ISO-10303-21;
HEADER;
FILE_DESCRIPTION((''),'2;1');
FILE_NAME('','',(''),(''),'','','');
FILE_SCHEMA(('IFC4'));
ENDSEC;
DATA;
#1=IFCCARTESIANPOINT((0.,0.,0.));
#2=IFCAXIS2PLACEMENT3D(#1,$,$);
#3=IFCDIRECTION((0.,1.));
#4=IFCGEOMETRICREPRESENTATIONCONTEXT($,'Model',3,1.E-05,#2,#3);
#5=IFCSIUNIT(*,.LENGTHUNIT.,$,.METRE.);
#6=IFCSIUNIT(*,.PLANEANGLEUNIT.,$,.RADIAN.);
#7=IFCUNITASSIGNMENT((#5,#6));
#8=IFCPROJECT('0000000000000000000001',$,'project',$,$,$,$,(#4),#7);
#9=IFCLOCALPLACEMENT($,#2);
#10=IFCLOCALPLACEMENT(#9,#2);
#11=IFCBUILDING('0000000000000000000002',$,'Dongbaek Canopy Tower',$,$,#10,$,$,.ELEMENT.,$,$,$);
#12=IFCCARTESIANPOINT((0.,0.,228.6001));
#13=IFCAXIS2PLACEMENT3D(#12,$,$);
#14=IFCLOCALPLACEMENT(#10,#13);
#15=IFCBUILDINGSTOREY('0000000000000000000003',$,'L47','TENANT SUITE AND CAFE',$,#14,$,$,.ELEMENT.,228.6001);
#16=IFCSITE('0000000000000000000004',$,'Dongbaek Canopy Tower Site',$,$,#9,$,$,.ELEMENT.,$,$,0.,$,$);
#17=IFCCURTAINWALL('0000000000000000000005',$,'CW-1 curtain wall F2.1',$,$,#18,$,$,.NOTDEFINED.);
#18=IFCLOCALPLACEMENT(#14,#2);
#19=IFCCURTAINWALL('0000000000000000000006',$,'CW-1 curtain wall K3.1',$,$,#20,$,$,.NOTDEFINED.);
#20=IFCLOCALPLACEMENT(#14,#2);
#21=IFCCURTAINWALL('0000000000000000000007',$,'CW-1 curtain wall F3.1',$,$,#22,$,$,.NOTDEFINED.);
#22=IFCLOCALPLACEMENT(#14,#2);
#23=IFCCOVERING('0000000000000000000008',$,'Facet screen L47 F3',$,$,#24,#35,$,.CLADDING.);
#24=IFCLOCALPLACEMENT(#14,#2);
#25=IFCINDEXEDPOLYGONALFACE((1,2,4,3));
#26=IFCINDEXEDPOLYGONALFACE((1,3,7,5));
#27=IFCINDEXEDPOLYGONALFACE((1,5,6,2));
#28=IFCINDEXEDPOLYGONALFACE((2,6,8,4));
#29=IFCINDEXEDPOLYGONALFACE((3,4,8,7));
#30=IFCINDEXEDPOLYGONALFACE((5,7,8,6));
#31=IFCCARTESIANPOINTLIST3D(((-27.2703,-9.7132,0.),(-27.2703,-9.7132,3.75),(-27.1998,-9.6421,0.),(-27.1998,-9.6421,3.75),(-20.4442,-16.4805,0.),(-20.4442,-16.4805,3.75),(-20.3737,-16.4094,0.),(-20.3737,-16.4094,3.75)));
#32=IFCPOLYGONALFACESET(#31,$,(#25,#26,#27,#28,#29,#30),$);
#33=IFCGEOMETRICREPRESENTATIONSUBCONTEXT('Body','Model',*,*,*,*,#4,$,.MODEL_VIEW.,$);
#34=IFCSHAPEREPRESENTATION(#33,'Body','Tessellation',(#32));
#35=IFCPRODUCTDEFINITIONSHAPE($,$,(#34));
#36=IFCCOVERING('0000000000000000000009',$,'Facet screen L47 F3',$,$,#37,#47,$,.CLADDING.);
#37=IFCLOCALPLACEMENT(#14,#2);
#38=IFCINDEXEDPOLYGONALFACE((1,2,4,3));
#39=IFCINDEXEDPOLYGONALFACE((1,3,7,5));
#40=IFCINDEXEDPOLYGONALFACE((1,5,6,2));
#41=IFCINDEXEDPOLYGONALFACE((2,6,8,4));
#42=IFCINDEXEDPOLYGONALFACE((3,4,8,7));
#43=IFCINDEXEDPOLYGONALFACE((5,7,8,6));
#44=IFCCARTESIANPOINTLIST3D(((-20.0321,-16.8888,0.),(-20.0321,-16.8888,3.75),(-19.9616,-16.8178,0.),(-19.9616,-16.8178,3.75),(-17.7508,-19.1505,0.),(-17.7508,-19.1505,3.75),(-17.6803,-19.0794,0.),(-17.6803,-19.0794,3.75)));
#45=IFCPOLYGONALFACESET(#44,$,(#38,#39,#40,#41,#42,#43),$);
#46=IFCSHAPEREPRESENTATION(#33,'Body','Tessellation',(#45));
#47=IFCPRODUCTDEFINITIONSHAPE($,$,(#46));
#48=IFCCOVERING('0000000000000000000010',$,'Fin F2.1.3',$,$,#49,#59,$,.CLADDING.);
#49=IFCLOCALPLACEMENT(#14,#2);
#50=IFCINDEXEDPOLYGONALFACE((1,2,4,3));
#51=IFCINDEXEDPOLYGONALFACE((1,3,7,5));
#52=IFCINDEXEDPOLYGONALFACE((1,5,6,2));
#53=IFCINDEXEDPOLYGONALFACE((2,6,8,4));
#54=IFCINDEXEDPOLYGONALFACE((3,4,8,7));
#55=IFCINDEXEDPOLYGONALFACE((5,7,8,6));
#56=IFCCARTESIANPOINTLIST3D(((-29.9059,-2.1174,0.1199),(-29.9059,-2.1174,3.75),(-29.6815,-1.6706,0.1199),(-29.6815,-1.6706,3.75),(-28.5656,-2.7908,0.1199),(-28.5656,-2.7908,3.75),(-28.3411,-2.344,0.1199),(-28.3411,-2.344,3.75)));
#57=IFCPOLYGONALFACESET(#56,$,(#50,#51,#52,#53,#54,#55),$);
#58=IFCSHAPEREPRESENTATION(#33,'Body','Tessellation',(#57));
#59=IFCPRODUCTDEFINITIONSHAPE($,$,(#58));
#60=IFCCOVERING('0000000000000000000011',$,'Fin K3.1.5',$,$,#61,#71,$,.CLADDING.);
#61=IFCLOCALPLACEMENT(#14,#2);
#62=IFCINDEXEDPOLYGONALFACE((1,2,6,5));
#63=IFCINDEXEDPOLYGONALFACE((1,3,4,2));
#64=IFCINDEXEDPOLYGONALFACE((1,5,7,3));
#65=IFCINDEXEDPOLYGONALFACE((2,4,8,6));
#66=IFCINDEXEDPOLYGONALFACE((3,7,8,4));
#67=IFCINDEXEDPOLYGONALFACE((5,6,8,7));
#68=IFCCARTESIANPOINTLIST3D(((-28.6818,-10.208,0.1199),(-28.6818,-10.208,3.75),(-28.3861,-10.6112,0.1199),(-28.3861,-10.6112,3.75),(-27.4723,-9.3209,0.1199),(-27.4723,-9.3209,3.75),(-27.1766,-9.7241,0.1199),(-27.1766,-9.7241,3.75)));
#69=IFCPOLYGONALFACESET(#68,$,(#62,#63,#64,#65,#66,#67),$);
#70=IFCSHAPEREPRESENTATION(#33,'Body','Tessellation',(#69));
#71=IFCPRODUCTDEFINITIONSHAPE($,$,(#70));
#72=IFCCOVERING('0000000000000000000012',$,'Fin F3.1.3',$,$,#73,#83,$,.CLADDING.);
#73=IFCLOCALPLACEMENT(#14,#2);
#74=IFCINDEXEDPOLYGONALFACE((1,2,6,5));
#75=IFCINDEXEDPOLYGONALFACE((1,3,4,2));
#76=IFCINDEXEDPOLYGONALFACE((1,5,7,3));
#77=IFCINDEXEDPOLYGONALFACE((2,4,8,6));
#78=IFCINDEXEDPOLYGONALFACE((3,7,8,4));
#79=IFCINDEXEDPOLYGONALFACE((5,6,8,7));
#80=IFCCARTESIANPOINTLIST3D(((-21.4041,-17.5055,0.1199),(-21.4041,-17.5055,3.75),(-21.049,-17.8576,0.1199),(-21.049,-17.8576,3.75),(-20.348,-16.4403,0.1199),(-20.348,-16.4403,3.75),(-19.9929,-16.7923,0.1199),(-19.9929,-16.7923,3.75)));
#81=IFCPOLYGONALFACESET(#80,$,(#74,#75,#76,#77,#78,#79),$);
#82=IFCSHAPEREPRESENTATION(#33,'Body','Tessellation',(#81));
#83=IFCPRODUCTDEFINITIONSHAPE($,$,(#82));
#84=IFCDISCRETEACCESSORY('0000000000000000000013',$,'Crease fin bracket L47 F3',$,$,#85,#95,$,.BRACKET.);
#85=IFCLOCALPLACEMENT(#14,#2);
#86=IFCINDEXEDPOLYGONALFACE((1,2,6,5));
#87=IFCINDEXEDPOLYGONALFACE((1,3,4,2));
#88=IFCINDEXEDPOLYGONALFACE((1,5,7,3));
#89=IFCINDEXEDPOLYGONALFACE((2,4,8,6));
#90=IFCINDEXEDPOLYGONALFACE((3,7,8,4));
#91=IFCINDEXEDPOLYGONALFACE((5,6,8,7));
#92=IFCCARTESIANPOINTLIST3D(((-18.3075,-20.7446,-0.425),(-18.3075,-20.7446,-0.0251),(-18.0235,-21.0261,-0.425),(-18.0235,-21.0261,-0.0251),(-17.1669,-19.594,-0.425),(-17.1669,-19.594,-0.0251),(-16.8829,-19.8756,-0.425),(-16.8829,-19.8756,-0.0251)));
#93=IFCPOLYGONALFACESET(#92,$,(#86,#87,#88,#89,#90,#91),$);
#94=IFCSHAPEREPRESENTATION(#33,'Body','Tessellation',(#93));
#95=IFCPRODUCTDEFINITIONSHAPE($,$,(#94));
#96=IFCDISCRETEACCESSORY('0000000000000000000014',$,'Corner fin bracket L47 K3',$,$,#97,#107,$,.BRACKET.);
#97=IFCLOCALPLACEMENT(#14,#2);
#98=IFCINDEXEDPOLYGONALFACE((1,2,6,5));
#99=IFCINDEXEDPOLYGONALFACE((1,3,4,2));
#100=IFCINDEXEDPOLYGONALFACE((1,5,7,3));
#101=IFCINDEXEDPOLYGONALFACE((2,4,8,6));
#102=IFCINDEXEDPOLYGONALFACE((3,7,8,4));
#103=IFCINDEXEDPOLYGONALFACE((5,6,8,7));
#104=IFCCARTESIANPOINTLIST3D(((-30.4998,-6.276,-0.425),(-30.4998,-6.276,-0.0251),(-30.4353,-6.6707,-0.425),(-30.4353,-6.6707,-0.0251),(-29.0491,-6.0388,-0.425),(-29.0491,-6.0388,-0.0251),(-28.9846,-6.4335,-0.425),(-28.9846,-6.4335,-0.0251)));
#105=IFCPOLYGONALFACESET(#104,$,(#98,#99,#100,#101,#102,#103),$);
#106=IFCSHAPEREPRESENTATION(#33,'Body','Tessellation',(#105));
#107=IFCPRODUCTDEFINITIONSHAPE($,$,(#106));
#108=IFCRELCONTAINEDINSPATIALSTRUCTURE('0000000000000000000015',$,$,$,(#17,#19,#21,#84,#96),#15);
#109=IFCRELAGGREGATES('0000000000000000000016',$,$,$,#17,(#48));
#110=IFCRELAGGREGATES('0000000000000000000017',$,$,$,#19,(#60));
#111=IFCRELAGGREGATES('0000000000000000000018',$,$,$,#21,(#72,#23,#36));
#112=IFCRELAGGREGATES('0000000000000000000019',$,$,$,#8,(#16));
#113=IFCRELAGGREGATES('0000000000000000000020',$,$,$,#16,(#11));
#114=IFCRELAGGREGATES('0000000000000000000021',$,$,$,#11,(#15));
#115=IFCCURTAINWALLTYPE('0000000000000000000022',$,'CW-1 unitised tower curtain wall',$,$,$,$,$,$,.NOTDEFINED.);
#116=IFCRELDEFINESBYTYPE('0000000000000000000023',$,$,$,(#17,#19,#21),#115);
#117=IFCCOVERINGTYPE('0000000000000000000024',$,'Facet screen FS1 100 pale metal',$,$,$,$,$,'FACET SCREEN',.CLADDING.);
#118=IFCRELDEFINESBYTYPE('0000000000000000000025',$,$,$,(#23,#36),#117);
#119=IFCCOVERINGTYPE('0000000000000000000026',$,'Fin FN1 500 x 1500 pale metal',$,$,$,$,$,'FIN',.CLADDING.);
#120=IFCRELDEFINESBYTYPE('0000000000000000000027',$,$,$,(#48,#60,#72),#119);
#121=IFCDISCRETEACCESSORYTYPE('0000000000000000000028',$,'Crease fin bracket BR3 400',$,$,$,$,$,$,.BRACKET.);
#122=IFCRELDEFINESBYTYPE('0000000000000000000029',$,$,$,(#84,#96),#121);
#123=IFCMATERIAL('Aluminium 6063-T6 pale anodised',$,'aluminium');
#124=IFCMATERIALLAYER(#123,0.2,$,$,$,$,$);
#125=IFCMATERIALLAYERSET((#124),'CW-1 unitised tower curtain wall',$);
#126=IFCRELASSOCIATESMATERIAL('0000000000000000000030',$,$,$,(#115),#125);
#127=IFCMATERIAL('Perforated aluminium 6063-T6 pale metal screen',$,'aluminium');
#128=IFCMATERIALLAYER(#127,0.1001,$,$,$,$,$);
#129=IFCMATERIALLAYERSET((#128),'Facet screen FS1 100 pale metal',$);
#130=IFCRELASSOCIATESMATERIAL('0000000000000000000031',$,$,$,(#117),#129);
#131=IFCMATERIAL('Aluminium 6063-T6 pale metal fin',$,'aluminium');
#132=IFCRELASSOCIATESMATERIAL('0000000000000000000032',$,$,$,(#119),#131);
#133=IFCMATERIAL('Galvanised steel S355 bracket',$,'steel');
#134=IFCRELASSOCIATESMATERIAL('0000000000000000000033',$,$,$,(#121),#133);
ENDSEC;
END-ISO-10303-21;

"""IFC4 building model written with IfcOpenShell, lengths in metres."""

from ifc_helpers import new_model, si_unit, direction, frame, origin, origin_2d, place, context, subcontext, project, spatial, rectangle, extrude, material, layer, layer_set, material_profile, profile_set, type_object, element, aggregate, save


model = new_model("IFC4")

# Units and contexts
model_context = context("Model", 3, precision=1e-05, world=origin(), true_north=direction((0.0, 1.0)))
body_context = subcontext(model_context, "Body", "Model", "MODEL_VIEW")
ifc_project = project(units=[si_unit("LENGTHUNIT", "METRE"), si_unit("PLANEANGLEUNIT", "RADIAN")], contexts=[model_context])

# Site, building, storey
site_placement = place(None, origin())
site = spatial("IfcSite", under=ifc_project, at=site_placement, Name="Dongbaek Canopy Tower Site", CompositionType="ELEMENT", RefElevation=0.0)
building_placement = place(site_placement, origin())
building = spatial("IfcBuilding", under=site, at=building_placement, Name="Dongbaek Canopy Tower", CompositionType="ELEMENT")
storey_placement = place(building_placement, frame((0.0, 0.0, 228.6001)))
storey = spatial("IfcBuildingStorey", under=building, at=storey_placement, Name="L47", Description="TENANT SUITE AND CAFE", CompositionType="ELEMENT", Elevation=228.6001)

# Curtain wall
ifc_material_1 = material(Name="Aluminium 6063-T6 pale anodised", Category="aluminium")
ifc_layer_1 = layer(ifc_material_1, 0.2)
ifc_layer_set_1 = layer_set([ifc_layer_1], Name="CW-1 unitised tower curtain wall")
curtain_wall_type = type_object("IfcCurtainWallType", Name="CW-1 unitised tower curtain wall", PredefinedType="NOTDEFINED", material=ifc_layer_set_1)
curtain_wall_1_placement = place(storey_placement, origin())
curtain_wall_1 = element("IfcCurtainWall", 1, at=curtain_wall_1_placement, inside=storey, type_object=curtain_wall_type, Name="CW-1 curtain wall F2.1", PredefinedType="NOTDEFINED")

# Curtain walls
curtain_wall_2_placement = place(storey_placement, origin())
curtain_wall_2 = element("IfcCurtainWall", 2, at=curtain_wall_2_placement, inside=storey, type_object=curtain_wall_type, Name="CW-1 curtain wall K3.1", PredefinedType="NOTDEFINED")
curtain_wall_3_placement = place(storey_placement, origin())
curtain_wall_3 = element("IfcCurtainWall", 3, at=curtain_wall_3_placement, inside=storey, type_object=curtain_wall_type, Name="CW-1 curtain wall F3.1", PredefinedType="NOTDEFINED")

# Coverings
ifc_material_2 = material(Name="Perforated aluminium 6063-T6 pale metal screen", Category="aluminium")
ifc_layer_2 = layer(ifc_material_2, 0.1001)
ifc_layer_set_2 = layer_set([ifc_layer_2], Name="Facet screen FS1 100 pale metal")
covering_type_1 = type_object("IfcCoveringType", Name="Facet screen FS1 100 pale metal", ElementType="FACET SCREEN", PredefinedType="CLADDING", material=ifc_layer_set_2)
covering_1_placement = place(storey_placement, frame((-23.822, -13.0613, 0.0), z_axis=(0.0, 0.0, 1.0), x_axis=(0.710162, -0.704038, 0.0)))
covering_1 = element("IfcCovering", 4, at=covering_1_placement, type_object=covering_type_1, Name="Facet screen L47 F3", PredefinedType="CLADDING", context=body_context, shape_type="SweptSolid", body=[
    extrude(rectangle(XDim=9.6121, YDim=0.1001, at=origin_2d()), origin(), (0.0, 0.0, 1.0), 3.75),
])
covering_2_placement = place(storey_placement, frame((-18.8562, -17.9841, 0.0), z_axis=(0.0, 0.0, 1.0), x_axis=(0.710162, -0.704038, 0.0)))
covering_2 = element("IfcCovering", 5, at=covering_2_placement, type_object=covering_type_1, Name="Facet screen L47 F3", PredefinedType="CLADDING", context=body_context, shape_type="SweptSolid", body=[
    extrude(rectangle(XDim=3.2124, YDim=0.1001, at=origin_2d()), origin(), (0.0, 0.0, 1.0), 3.75),
])
ifc_material_3 = material(Name="Aluminium 6063-T6 pale metal fin", Category="aluminium")
ifc_material_profile_1 = material_profile(ifc_material_3, rectangle(XDim=1.5, YDim=0.5, at=origin_2d()), Name="Fin FN1 500 x 1500 pale metal")
ifc_profile_set_1 = profile_set([ifc_material_profile_1], Name="Aluminium 6063-T6 pale metal fin")
covering_type_2 = type_object("IfcCoveringType", Name="Fin FN1 500 x 1500 pale metal", ElementType="FIN", PredefinedType="CLADDING", material=ifc_profile_set_1)
covering_3_placement = place(storey_placement, frame((-29.1235, -2.2307, 0.1199), z_axis=(0.0, 0.0, 1.0), x_axis=(-0.893577, 0.448909, 0.0)))
covering_3 = element("IfcCovering", 6, at=covering_3_placement, type_object=covering_type_2, Name="Fin F2.1.3", PredefinedType="CLADDING", context=body_context, shape_type="SweptSolid", body=[
    extrude(rectangle(XDim=1.5, YDim=0.5, at=origin_2d()), origin(), (0.0, 0.0, 1.0), 3.6301),
])
aggregate(curtain_wall_1, [covering_3])
covering_4_placement = place(storey_placement, frame((-27.9292, -9.9661, 0.1199), z_axis=(0.0, 0.0, 1.0), x_axis=(-0.806363, -0.591421, 0.0)))
covering_4 = element("IfcCovering", 7, at=covering_4_placement, type_object=covering_type_2, Name="Fin K3.1.5", PredefinedType="CLADDING", context=body_context, shape_type="SweptSolid", body=[
    extrude(rectangle(XDim=1.5, YDim=0.5, at=origin_2d()), origin(), (0.0, 0.0, 1.0), 3.6301),
])
aggregate(curtain_wall_2, [covering_4])
covering_5_placement = place(storey_placement, frame((-20.6985, -17.1489, 0.1199), z_axis=(0.0, 0.0, 1.0), x_axis=(-0.704038, -0.710162, 0.0)))
covering_5 = element("IfcCovering", 8, at=covering_5_placement, type_object=covering_type_2, Name="Fin F3.1.3", PredefinedType="CLADDING", context=body_context, shape_type="SweptSolid", body=[
    extrude(rectangle(XDim=1.5, YDim=0.5, at=origin_2d()), origin(), (0.0, 0.0, 1.0), 3.6301),
])
aggregate(curtain_wall_3, [covering_5, covering_1, covering_2])

# Discrete accessories
ifc_material_4 = material(Name="Galvanised steel S355 bracket", Category="steel")
discrete_accessory_type = type_object("IfcDiscreteAccessoryType", Name="Crease fin bracket BR3 400", PredefinedType="BRACKET", material=ifc_material_4)
discrete_accessory_1_placement = place(storey_placement, frame((-17.5952, -20.3101, -0.425), z_axis=(0.0, 0.0, 1.0), x_axis=(-0.704038, -0.710162, 0.0)))
element("IfcDiscreteAccessory", 9, at=discrete_accessory_1_placement, inside=storey, type_object=discrete_accessory_type, Name="Crease fin bracket L47 F3", PredefinedType="BRACKET", context=body_context, shape_type="SweptSolid", body=[
    extrude(rectangle(XDim=1.6201, YDim=0.3999, at=origin_2d()), origin(), (0.0, 0.0, 1.0), 0.3999),
])
discrete_accessory_2_placement = place(storey_placement, frame((-29.7422, -6.3547, -0.425), z_axis=(0.0, 0.0, 1.0), x_axis=(-0.986892, -0.161383, 0.0)))
element("IfcDiscreteAccessory", 10, at=discrete_accessory_2_placement, inside=storey, type_object=discrete_accessory_type, Name="Corner fin bracket L47 K3", PredefinedType="BRACKET", context=body_context, shape_type="SweptSolid", body=[
    extrude(rectangle(XDim=1.47, YDim=0.3999, at=origin_2d()), origin(), (0.0, 0.0, 1.0), 0.3999),
])

save(model, "model.ifc")
